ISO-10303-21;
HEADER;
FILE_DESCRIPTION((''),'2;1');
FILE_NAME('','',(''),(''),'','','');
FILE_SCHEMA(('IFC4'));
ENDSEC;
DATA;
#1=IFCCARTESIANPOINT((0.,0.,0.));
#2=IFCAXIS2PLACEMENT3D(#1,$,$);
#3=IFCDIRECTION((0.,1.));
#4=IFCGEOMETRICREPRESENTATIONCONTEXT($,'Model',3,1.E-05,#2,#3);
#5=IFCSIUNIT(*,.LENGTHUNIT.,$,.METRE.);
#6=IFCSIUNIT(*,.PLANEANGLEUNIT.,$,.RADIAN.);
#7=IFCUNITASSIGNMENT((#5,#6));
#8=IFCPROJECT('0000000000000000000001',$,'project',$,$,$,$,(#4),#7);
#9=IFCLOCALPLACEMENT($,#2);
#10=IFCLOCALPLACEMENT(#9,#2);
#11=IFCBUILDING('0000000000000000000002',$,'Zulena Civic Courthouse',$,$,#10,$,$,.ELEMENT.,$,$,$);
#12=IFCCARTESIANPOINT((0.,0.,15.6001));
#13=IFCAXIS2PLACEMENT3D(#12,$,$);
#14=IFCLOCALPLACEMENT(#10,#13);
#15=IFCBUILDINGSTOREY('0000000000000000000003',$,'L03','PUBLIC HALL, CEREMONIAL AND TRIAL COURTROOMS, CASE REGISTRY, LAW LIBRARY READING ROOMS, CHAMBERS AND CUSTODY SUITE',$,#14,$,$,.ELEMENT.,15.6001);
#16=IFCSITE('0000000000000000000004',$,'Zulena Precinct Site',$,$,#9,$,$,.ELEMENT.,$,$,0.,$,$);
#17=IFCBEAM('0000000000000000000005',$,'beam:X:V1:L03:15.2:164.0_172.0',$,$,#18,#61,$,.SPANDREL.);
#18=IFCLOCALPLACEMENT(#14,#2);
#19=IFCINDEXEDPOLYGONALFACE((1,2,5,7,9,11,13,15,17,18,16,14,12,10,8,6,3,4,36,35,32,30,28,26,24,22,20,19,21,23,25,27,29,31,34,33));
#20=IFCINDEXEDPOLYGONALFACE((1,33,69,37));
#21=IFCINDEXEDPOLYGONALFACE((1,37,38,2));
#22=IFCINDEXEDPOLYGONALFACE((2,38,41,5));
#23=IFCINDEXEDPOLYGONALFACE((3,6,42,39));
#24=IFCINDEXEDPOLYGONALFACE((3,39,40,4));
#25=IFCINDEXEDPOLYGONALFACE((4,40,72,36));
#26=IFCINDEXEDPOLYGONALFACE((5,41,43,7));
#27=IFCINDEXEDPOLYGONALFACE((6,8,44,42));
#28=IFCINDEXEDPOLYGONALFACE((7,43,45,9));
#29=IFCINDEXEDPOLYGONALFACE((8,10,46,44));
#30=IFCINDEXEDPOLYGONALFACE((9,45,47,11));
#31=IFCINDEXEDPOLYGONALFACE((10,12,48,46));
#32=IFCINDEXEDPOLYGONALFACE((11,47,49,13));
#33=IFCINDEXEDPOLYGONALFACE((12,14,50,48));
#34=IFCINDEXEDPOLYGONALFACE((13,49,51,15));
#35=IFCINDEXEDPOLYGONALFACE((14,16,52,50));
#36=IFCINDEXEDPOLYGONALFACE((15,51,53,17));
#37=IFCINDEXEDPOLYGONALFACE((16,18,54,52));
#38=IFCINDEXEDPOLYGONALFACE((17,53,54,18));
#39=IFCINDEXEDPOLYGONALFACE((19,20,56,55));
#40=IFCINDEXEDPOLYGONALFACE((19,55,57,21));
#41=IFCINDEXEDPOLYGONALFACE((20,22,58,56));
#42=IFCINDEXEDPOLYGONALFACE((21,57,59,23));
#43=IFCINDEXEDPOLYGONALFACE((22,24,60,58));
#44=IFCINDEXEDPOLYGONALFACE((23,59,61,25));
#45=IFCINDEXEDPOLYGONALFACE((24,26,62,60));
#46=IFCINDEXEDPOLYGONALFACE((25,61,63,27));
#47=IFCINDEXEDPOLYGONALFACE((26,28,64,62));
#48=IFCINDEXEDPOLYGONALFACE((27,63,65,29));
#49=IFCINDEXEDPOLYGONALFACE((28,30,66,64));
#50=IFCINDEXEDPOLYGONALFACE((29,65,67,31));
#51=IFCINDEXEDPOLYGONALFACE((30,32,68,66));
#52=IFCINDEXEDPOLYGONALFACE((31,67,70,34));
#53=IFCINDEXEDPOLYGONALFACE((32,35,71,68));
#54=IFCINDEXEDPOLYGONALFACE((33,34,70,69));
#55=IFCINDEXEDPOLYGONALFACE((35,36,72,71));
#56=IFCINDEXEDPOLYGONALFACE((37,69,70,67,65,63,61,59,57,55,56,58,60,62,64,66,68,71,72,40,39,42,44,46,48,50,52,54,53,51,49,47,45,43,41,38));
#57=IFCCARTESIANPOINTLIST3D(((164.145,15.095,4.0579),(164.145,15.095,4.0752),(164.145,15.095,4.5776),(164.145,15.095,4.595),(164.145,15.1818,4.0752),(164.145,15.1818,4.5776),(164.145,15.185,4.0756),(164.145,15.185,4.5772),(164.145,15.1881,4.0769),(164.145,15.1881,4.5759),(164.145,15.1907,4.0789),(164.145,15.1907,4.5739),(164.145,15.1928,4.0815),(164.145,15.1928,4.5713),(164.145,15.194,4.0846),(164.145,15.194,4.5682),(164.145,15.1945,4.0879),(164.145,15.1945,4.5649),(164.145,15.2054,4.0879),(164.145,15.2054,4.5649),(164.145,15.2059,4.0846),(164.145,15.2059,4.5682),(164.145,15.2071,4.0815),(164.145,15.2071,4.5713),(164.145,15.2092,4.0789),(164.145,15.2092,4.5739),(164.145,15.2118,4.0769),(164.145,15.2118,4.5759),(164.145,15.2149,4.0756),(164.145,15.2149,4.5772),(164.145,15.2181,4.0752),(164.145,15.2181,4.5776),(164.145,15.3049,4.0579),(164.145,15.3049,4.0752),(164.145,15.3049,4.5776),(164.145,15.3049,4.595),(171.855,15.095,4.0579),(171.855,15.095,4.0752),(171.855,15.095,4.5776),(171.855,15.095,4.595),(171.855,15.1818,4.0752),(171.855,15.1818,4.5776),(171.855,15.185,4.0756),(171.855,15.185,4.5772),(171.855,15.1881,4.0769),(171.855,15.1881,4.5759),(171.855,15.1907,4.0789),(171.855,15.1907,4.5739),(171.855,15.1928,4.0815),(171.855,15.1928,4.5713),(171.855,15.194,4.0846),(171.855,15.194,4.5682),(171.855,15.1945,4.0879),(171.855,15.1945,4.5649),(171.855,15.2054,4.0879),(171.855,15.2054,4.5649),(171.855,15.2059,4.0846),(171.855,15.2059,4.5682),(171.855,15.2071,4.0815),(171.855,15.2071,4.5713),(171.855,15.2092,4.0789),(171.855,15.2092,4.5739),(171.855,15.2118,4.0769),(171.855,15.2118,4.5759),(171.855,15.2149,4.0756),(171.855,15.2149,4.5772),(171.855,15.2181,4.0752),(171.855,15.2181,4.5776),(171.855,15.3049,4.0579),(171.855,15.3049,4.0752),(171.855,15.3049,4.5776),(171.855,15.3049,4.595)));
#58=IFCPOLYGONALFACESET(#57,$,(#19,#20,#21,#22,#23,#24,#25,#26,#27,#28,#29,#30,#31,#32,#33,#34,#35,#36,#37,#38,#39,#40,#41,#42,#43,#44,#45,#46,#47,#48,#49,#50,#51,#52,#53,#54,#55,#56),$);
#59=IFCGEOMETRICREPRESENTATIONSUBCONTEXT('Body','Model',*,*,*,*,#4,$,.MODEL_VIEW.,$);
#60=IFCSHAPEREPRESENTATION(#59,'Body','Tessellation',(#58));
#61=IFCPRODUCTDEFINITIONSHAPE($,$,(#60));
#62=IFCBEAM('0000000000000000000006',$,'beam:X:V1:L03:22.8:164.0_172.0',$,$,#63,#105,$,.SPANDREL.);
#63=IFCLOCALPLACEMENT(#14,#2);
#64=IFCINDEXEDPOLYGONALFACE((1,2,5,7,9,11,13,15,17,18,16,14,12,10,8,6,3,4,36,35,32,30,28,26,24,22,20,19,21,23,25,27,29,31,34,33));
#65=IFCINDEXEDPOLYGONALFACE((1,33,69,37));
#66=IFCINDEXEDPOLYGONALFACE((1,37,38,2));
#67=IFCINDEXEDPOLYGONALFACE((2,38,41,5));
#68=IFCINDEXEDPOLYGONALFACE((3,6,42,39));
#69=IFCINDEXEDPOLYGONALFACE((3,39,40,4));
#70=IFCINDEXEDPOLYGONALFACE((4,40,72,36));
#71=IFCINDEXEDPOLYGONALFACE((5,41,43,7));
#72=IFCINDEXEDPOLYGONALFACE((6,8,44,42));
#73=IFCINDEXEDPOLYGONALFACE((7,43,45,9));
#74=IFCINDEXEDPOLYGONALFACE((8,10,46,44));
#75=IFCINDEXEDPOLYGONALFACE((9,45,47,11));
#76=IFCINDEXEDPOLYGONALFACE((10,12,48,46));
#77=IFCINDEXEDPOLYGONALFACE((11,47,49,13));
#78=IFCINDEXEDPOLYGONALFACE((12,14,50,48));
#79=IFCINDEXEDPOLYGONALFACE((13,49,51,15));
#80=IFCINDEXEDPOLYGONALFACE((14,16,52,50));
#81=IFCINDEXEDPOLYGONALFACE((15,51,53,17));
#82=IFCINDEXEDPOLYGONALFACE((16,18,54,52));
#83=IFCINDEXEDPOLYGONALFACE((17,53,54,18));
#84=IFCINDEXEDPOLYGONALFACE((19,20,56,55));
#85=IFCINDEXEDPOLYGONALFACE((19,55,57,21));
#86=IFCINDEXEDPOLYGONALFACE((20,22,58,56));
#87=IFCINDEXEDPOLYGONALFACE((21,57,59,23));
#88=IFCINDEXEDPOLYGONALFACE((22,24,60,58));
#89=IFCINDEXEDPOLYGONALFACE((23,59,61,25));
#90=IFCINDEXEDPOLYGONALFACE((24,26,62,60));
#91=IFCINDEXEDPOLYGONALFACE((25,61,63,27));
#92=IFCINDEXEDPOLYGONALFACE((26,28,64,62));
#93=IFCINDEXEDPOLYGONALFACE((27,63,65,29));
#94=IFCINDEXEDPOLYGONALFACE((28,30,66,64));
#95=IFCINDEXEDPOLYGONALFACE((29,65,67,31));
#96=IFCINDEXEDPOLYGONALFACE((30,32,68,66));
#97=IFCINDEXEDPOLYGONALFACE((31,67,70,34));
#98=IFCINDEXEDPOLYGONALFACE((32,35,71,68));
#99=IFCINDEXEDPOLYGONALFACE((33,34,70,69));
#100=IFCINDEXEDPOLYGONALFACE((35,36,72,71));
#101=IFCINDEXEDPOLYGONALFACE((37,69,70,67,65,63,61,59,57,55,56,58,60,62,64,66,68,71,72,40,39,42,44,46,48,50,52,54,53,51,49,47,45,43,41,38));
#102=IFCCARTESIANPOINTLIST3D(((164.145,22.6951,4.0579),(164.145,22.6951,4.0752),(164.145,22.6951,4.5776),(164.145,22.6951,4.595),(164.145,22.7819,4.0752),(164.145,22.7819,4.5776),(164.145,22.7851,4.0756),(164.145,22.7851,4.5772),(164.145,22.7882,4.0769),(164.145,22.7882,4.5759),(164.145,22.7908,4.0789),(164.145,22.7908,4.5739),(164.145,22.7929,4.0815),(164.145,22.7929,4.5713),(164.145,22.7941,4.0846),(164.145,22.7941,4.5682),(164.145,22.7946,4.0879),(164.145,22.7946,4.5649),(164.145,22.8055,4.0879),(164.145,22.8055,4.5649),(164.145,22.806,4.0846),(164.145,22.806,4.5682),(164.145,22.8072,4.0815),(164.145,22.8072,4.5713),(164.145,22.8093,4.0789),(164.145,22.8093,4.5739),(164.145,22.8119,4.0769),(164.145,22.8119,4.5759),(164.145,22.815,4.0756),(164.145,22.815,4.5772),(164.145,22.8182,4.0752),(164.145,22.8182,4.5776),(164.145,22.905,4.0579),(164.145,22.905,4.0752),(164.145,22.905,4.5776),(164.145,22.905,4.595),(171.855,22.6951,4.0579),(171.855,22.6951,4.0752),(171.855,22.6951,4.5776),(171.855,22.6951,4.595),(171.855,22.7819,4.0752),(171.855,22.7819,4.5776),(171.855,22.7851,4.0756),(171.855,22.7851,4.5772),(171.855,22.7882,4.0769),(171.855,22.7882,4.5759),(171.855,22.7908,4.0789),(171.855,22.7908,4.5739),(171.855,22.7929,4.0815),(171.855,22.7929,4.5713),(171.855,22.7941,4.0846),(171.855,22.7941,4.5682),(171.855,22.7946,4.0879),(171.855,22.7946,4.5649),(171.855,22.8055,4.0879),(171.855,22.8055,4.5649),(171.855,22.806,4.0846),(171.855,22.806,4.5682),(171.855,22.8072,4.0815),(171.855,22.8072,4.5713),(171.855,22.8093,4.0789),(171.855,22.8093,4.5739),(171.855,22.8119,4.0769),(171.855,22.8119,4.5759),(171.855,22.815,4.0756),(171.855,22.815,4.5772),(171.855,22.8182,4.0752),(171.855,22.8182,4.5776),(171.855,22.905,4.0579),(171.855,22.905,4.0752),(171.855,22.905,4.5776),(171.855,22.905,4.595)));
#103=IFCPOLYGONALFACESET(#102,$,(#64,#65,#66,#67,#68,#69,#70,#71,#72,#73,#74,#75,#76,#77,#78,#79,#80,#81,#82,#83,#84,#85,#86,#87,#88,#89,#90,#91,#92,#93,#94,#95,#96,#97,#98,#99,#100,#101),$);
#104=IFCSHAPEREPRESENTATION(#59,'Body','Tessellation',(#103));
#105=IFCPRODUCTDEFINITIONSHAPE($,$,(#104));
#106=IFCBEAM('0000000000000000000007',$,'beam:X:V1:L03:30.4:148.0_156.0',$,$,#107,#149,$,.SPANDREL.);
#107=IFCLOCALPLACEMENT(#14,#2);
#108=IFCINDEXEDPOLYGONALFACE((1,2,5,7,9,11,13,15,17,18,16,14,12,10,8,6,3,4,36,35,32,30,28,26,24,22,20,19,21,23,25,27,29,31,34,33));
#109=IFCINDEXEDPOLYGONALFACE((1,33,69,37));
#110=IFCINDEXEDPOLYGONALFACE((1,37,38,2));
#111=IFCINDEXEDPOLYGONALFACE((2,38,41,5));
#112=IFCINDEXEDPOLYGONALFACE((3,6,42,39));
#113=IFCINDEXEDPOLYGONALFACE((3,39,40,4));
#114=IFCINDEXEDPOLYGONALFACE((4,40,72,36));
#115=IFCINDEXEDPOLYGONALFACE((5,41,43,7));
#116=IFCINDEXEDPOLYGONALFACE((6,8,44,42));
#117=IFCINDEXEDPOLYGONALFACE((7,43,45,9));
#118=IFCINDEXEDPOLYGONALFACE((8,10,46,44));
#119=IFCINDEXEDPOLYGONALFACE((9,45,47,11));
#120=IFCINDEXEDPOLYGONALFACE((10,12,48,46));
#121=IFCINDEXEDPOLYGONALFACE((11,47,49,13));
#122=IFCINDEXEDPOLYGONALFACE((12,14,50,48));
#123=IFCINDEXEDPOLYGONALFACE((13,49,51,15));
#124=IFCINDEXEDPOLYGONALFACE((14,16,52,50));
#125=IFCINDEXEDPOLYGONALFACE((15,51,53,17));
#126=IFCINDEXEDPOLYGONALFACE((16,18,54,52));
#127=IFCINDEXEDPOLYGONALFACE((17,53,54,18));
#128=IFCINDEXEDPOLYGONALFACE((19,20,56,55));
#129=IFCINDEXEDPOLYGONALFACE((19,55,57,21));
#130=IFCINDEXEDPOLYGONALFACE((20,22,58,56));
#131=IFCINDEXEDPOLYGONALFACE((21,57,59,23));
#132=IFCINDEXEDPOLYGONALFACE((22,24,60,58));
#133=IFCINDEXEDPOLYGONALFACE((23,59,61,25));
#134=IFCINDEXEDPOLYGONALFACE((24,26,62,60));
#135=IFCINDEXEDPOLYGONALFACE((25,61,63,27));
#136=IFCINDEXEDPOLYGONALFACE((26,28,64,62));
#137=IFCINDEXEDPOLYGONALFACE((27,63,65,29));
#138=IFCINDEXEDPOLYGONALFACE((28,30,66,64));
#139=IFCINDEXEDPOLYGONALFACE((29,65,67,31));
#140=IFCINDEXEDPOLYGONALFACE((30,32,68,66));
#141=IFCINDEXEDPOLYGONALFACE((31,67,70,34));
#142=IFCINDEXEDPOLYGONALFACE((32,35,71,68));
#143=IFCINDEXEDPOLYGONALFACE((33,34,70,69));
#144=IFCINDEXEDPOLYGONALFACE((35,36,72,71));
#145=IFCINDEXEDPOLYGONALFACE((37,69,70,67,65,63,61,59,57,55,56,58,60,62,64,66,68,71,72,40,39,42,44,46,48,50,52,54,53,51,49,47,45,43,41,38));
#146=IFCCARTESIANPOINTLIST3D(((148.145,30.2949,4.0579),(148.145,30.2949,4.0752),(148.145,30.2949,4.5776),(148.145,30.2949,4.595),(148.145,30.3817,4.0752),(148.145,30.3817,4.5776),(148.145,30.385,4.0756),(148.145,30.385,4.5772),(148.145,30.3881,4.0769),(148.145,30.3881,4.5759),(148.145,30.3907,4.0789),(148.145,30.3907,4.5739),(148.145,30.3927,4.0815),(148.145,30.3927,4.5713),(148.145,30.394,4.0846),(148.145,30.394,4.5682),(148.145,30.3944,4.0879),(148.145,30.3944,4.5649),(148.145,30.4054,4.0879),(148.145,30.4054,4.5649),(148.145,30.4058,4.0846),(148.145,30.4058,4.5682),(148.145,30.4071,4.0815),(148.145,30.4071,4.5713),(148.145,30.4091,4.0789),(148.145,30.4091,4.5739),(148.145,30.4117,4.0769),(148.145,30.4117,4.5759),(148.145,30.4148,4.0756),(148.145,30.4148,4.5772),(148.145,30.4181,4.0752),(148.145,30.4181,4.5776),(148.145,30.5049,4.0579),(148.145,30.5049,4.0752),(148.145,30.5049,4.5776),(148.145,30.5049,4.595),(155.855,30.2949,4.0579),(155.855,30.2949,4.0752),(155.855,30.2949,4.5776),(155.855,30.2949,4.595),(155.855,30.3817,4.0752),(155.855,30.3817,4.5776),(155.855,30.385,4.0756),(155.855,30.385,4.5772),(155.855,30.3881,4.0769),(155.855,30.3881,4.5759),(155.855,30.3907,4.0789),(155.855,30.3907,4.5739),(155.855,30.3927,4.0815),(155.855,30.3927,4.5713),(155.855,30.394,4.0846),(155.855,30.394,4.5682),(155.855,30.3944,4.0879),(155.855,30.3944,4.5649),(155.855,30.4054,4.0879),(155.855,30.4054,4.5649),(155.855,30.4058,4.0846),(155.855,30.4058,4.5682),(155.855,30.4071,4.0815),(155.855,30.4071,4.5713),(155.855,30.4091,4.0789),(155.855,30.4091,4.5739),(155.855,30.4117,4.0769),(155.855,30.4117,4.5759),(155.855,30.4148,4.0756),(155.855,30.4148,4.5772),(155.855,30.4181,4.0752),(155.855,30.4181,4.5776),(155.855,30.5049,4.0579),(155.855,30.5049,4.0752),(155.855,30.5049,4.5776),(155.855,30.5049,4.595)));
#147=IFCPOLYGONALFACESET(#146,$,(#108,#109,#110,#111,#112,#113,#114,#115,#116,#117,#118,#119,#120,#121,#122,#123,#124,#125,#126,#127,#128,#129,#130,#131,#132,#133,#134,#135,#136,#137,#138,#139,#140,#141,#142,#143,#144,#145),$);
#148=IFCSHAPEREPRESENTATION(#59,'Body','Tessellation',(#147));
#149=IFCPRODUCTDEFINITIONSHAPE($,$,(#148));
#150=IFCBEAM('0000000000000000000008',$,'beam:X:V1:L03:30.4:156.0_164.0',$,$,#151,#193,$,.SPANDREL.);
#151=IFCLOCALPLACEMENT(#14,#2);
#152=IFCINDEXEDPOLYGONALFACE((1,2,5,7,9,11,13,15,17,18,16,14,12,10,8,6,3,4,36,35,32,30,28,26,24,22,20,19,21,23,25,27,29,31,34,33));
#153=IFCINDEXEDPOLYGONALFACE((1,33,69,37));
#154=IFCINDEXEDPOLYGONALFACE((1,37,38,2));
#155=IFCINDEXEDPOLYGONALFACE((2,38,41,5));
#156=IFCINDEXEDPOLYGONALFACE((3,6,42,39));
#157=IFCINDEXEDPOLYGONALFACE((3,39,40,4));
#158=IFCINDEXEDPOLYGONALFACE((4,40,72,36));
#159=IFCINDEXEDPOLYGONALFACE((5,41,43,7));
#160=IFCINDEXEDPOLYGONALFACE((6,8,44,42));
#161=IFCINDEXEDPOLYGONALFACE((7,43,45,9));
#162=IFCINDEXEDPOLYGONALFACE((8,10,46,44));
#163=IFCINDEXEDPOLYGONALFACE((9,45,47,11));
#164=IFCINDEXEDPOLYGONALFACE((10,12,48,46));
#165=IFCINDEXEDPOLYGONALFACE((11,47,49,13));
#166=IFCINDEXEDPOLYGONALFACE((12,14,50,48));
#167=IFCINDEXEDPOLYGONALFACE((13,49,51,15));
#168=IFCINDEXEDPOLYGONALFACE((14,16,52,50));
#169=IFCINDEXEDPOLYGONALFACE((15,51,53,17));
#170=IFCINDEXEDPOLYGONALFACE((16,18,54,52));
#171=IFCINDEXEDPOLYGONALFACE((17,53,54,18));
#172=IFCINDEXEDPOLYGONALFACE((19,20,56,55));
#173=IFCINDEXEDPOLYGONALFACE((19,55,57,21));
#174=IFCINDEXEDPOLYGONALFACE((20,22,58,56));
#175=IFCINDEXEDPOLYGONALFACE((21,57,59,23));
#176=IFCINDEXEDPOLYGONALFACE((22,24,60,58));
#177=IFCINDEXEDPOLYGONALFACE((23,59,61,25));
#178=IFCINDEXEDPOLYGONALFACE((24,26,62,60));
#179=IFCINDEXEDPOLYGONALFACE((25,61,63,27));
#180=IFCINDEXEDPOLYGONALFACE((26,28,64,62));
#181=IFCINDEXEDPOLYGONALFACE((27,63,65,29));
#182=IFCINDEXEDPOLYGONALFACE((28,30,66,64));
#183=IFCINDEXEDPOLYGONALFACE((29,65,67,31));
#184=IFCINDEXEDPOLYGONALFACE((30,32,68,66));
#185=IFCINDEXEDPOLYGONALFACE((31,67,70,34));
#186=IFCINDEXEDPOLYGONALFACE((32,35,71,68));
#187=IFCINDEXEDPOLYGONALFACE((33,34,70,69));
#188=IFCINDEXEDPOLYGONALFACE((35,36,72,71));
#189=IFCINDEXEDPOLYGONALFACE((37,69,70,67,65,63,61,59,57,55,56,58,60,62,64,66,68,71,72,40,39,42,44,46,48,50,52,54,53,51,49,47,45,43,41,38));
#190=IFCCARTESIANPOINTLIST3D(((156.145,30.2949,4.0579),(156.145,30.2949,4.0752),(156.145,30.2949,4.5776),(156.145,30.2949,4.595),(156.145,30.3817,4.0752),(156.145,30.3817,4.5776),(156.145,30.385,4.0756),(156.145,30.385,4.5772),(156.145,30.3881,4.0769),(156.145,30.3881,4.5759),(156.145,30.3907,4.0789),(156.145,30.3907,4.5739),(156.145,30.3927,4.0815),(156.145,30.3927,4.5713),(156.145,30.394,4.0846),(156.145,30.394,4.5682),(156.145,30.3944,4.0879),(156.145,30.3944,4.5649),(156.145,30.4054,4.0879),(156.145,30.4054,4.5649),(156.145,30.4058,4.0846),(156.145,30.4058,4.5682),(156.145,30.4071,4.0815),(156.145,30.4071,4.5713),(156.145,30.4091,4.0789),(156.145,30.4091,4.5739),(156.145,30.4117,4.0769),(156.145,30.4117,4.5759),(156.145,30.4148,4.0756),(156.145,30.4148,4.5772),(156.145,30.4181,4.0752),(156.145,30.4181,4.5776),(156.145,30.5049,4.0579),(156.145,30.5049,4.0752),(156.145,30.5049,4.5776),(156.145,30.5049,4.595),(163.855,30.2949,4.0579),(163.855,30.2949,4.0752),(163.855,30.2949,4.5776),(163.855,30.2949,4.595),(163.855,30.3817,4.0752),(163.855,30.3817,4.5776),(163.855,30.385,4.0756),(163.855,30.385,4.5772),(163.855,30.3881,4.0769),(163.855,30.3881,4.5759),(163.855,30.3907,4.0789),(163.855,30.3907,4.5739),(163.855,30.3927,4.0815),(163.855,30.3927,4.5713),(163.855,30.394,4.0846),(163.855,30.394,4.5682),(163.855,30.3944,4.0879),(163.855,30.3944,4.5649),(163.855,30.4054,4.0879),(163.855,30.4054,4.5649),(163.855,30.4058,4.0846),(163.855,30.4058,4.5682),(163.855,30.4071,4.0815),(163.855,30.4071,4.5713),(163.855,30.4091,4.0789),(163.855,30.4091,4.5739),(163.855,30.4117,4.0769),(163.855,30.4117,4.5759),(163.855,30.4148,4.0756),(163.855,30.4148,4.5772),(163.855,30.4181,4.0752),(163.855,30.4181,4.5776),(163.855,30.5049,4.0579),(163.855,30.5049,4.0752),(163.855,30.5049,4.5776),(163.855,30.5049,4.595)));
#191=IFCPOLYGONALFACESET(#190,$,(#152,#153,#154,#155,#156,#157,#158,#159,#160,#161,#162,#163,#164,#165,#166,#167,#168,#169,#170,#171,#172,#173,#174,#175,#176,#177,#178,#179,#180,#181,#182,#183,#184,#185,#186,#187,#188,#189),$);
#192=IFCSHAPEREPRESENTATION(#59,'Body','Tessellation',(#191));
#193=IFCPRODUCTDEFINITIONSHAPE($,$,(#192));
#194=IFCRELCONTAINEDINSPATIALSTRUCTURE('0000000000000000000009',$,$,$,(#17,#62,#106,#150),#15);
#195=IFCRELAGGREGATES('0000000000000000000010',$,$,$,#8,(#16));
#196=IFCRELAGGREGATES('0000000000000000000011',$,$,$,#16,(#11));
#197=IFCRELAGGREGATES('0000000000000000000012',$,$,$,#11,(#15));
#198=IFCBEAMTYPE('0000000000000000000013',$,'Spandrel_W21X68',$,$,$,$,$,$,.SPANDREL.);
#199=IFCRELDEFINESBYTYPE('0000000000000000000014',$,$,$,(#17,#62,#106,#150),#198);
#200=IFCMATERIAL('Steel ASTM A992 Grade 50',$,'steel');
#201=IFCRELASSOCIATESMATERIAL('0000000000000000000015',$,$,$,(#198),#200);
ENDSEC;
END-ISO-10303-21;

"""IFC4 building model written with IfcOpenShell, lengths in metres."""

from ifc_helpers import new_model, si_unit, direction, frame, origin, origin_2d, place, context, subcontext, project, spatial, i_section, extrude, material, material_profile, profile_set, type_object, element, save


model = new_model("IFC4")

# Units and contexts
model_context = context("Model", 3, precision=1e-05, world=origin(), true_north=direction((0.0, 1.0)))
body_context = subcontext(model_context, "Body", "Model", "MODEL_VIEW")
ifc_project = project(units=[si_unit("LENGTHUNIT", "METRE"), si_unit("PLANEANGLEUNIT", "RADIAN")], contexts=[model_context])

# Site, building, storey
site_placement = place(None, origin())
site = spatial("IfcSite", under=ifc_project, at=site_placement, Name="Zulena Precinct Site", CompositionType="ELEMENT", RefElevation=0.0)
building_placement = place(site_placement, origin())
building = spatial("IfcBuilding", under=site, at=building_placement, Name="Zulena Civic Courthouse", CompositionType="ELEMENT")
storey_placement = place(building_placement, frame((0.0, 0.0, 15.6001)))
storey = spatial("IfcBuildingStorey", under=building, at=storey_placement, Name="L03", Description="PUBLIC HALL, CEREMONIAL AND TRIAL COURTROOMS, CASE REGISTRY, LAW LIBRARY READING ROOMS, CHAMBERS AND CUSTODY SUITE", CompositionType="ELEMENT", Elevation=15.6001)

# Shared definitions
ifc_material_1 = material(Name="Steel ASTM A992 Grade 50", Category="steel")

# Beams
ifc_material_profile_1 = material_profile(ifc_material_1, i_section(OverallWidth=0.21, OverallDepth=0.5371, WebThickness=0.011, FlangeThickness=0.0173, FilletRadius=0.0127, at=origin_2d()), Name="W21X68")
ifc_profile_set_1 = profile_set([ifc_material_profile_1], Name="Steel ASTM A992 Grade 50")
beam_type_1 = type_object("IfcBeamType", Name="Spandrel_W21X68", PredefinedType="SPANDREL", material=ifc_profile_set_1)
for number, where, z_axis, x_axis, name in (
    (1, (164.145, 15.2, 4.3264), (1.0, 0.0, 0.0), (0.0, 1.0, 0.0), "beam:X:V1:L03:15.2:164.0_172.0"),
    (2, (164.145, 22.8, 4.3264), (1.0, 0.0, 0.0), (0.0, 1.0, 0.0), "beam:X:V1:L03:22.8:164.0_172.0"),
    (3, (148.145, 30.3999, 4.3264), (1.0, 0.0, 0.0), (0.0, 1.0, 0.0), "beam:X:V1:L03:30.4:148.0_156.0"),
    (4, (156.145, 30.3999, 4.3264), (1.0, 0.0, 0.0), (0.0, 1.0, 0.0), "beam:X:V1:L03:30.4:156.0_164.0"),
):
    element("IfcBeam", number, at=place(storey_placement, frame(where, z_axis=z_axis, x_axis=x_axis)), inside=storey, type_object=beam_type_1, Name=name, PredefinedType="SPANDREL", context=body_context, shape_type="SweptSolid", body=[
        extrude(i_section(OverallWidth=0.21, OverallDepth=0.5371, WebThickness=0.011, FlangeThickness=0.0173, FilletRadius=0.0127, at=origin_2d()), origin(), (0.0, 0.0, 1.0), 7.71),
    ])

save(model, "model.ifc")
